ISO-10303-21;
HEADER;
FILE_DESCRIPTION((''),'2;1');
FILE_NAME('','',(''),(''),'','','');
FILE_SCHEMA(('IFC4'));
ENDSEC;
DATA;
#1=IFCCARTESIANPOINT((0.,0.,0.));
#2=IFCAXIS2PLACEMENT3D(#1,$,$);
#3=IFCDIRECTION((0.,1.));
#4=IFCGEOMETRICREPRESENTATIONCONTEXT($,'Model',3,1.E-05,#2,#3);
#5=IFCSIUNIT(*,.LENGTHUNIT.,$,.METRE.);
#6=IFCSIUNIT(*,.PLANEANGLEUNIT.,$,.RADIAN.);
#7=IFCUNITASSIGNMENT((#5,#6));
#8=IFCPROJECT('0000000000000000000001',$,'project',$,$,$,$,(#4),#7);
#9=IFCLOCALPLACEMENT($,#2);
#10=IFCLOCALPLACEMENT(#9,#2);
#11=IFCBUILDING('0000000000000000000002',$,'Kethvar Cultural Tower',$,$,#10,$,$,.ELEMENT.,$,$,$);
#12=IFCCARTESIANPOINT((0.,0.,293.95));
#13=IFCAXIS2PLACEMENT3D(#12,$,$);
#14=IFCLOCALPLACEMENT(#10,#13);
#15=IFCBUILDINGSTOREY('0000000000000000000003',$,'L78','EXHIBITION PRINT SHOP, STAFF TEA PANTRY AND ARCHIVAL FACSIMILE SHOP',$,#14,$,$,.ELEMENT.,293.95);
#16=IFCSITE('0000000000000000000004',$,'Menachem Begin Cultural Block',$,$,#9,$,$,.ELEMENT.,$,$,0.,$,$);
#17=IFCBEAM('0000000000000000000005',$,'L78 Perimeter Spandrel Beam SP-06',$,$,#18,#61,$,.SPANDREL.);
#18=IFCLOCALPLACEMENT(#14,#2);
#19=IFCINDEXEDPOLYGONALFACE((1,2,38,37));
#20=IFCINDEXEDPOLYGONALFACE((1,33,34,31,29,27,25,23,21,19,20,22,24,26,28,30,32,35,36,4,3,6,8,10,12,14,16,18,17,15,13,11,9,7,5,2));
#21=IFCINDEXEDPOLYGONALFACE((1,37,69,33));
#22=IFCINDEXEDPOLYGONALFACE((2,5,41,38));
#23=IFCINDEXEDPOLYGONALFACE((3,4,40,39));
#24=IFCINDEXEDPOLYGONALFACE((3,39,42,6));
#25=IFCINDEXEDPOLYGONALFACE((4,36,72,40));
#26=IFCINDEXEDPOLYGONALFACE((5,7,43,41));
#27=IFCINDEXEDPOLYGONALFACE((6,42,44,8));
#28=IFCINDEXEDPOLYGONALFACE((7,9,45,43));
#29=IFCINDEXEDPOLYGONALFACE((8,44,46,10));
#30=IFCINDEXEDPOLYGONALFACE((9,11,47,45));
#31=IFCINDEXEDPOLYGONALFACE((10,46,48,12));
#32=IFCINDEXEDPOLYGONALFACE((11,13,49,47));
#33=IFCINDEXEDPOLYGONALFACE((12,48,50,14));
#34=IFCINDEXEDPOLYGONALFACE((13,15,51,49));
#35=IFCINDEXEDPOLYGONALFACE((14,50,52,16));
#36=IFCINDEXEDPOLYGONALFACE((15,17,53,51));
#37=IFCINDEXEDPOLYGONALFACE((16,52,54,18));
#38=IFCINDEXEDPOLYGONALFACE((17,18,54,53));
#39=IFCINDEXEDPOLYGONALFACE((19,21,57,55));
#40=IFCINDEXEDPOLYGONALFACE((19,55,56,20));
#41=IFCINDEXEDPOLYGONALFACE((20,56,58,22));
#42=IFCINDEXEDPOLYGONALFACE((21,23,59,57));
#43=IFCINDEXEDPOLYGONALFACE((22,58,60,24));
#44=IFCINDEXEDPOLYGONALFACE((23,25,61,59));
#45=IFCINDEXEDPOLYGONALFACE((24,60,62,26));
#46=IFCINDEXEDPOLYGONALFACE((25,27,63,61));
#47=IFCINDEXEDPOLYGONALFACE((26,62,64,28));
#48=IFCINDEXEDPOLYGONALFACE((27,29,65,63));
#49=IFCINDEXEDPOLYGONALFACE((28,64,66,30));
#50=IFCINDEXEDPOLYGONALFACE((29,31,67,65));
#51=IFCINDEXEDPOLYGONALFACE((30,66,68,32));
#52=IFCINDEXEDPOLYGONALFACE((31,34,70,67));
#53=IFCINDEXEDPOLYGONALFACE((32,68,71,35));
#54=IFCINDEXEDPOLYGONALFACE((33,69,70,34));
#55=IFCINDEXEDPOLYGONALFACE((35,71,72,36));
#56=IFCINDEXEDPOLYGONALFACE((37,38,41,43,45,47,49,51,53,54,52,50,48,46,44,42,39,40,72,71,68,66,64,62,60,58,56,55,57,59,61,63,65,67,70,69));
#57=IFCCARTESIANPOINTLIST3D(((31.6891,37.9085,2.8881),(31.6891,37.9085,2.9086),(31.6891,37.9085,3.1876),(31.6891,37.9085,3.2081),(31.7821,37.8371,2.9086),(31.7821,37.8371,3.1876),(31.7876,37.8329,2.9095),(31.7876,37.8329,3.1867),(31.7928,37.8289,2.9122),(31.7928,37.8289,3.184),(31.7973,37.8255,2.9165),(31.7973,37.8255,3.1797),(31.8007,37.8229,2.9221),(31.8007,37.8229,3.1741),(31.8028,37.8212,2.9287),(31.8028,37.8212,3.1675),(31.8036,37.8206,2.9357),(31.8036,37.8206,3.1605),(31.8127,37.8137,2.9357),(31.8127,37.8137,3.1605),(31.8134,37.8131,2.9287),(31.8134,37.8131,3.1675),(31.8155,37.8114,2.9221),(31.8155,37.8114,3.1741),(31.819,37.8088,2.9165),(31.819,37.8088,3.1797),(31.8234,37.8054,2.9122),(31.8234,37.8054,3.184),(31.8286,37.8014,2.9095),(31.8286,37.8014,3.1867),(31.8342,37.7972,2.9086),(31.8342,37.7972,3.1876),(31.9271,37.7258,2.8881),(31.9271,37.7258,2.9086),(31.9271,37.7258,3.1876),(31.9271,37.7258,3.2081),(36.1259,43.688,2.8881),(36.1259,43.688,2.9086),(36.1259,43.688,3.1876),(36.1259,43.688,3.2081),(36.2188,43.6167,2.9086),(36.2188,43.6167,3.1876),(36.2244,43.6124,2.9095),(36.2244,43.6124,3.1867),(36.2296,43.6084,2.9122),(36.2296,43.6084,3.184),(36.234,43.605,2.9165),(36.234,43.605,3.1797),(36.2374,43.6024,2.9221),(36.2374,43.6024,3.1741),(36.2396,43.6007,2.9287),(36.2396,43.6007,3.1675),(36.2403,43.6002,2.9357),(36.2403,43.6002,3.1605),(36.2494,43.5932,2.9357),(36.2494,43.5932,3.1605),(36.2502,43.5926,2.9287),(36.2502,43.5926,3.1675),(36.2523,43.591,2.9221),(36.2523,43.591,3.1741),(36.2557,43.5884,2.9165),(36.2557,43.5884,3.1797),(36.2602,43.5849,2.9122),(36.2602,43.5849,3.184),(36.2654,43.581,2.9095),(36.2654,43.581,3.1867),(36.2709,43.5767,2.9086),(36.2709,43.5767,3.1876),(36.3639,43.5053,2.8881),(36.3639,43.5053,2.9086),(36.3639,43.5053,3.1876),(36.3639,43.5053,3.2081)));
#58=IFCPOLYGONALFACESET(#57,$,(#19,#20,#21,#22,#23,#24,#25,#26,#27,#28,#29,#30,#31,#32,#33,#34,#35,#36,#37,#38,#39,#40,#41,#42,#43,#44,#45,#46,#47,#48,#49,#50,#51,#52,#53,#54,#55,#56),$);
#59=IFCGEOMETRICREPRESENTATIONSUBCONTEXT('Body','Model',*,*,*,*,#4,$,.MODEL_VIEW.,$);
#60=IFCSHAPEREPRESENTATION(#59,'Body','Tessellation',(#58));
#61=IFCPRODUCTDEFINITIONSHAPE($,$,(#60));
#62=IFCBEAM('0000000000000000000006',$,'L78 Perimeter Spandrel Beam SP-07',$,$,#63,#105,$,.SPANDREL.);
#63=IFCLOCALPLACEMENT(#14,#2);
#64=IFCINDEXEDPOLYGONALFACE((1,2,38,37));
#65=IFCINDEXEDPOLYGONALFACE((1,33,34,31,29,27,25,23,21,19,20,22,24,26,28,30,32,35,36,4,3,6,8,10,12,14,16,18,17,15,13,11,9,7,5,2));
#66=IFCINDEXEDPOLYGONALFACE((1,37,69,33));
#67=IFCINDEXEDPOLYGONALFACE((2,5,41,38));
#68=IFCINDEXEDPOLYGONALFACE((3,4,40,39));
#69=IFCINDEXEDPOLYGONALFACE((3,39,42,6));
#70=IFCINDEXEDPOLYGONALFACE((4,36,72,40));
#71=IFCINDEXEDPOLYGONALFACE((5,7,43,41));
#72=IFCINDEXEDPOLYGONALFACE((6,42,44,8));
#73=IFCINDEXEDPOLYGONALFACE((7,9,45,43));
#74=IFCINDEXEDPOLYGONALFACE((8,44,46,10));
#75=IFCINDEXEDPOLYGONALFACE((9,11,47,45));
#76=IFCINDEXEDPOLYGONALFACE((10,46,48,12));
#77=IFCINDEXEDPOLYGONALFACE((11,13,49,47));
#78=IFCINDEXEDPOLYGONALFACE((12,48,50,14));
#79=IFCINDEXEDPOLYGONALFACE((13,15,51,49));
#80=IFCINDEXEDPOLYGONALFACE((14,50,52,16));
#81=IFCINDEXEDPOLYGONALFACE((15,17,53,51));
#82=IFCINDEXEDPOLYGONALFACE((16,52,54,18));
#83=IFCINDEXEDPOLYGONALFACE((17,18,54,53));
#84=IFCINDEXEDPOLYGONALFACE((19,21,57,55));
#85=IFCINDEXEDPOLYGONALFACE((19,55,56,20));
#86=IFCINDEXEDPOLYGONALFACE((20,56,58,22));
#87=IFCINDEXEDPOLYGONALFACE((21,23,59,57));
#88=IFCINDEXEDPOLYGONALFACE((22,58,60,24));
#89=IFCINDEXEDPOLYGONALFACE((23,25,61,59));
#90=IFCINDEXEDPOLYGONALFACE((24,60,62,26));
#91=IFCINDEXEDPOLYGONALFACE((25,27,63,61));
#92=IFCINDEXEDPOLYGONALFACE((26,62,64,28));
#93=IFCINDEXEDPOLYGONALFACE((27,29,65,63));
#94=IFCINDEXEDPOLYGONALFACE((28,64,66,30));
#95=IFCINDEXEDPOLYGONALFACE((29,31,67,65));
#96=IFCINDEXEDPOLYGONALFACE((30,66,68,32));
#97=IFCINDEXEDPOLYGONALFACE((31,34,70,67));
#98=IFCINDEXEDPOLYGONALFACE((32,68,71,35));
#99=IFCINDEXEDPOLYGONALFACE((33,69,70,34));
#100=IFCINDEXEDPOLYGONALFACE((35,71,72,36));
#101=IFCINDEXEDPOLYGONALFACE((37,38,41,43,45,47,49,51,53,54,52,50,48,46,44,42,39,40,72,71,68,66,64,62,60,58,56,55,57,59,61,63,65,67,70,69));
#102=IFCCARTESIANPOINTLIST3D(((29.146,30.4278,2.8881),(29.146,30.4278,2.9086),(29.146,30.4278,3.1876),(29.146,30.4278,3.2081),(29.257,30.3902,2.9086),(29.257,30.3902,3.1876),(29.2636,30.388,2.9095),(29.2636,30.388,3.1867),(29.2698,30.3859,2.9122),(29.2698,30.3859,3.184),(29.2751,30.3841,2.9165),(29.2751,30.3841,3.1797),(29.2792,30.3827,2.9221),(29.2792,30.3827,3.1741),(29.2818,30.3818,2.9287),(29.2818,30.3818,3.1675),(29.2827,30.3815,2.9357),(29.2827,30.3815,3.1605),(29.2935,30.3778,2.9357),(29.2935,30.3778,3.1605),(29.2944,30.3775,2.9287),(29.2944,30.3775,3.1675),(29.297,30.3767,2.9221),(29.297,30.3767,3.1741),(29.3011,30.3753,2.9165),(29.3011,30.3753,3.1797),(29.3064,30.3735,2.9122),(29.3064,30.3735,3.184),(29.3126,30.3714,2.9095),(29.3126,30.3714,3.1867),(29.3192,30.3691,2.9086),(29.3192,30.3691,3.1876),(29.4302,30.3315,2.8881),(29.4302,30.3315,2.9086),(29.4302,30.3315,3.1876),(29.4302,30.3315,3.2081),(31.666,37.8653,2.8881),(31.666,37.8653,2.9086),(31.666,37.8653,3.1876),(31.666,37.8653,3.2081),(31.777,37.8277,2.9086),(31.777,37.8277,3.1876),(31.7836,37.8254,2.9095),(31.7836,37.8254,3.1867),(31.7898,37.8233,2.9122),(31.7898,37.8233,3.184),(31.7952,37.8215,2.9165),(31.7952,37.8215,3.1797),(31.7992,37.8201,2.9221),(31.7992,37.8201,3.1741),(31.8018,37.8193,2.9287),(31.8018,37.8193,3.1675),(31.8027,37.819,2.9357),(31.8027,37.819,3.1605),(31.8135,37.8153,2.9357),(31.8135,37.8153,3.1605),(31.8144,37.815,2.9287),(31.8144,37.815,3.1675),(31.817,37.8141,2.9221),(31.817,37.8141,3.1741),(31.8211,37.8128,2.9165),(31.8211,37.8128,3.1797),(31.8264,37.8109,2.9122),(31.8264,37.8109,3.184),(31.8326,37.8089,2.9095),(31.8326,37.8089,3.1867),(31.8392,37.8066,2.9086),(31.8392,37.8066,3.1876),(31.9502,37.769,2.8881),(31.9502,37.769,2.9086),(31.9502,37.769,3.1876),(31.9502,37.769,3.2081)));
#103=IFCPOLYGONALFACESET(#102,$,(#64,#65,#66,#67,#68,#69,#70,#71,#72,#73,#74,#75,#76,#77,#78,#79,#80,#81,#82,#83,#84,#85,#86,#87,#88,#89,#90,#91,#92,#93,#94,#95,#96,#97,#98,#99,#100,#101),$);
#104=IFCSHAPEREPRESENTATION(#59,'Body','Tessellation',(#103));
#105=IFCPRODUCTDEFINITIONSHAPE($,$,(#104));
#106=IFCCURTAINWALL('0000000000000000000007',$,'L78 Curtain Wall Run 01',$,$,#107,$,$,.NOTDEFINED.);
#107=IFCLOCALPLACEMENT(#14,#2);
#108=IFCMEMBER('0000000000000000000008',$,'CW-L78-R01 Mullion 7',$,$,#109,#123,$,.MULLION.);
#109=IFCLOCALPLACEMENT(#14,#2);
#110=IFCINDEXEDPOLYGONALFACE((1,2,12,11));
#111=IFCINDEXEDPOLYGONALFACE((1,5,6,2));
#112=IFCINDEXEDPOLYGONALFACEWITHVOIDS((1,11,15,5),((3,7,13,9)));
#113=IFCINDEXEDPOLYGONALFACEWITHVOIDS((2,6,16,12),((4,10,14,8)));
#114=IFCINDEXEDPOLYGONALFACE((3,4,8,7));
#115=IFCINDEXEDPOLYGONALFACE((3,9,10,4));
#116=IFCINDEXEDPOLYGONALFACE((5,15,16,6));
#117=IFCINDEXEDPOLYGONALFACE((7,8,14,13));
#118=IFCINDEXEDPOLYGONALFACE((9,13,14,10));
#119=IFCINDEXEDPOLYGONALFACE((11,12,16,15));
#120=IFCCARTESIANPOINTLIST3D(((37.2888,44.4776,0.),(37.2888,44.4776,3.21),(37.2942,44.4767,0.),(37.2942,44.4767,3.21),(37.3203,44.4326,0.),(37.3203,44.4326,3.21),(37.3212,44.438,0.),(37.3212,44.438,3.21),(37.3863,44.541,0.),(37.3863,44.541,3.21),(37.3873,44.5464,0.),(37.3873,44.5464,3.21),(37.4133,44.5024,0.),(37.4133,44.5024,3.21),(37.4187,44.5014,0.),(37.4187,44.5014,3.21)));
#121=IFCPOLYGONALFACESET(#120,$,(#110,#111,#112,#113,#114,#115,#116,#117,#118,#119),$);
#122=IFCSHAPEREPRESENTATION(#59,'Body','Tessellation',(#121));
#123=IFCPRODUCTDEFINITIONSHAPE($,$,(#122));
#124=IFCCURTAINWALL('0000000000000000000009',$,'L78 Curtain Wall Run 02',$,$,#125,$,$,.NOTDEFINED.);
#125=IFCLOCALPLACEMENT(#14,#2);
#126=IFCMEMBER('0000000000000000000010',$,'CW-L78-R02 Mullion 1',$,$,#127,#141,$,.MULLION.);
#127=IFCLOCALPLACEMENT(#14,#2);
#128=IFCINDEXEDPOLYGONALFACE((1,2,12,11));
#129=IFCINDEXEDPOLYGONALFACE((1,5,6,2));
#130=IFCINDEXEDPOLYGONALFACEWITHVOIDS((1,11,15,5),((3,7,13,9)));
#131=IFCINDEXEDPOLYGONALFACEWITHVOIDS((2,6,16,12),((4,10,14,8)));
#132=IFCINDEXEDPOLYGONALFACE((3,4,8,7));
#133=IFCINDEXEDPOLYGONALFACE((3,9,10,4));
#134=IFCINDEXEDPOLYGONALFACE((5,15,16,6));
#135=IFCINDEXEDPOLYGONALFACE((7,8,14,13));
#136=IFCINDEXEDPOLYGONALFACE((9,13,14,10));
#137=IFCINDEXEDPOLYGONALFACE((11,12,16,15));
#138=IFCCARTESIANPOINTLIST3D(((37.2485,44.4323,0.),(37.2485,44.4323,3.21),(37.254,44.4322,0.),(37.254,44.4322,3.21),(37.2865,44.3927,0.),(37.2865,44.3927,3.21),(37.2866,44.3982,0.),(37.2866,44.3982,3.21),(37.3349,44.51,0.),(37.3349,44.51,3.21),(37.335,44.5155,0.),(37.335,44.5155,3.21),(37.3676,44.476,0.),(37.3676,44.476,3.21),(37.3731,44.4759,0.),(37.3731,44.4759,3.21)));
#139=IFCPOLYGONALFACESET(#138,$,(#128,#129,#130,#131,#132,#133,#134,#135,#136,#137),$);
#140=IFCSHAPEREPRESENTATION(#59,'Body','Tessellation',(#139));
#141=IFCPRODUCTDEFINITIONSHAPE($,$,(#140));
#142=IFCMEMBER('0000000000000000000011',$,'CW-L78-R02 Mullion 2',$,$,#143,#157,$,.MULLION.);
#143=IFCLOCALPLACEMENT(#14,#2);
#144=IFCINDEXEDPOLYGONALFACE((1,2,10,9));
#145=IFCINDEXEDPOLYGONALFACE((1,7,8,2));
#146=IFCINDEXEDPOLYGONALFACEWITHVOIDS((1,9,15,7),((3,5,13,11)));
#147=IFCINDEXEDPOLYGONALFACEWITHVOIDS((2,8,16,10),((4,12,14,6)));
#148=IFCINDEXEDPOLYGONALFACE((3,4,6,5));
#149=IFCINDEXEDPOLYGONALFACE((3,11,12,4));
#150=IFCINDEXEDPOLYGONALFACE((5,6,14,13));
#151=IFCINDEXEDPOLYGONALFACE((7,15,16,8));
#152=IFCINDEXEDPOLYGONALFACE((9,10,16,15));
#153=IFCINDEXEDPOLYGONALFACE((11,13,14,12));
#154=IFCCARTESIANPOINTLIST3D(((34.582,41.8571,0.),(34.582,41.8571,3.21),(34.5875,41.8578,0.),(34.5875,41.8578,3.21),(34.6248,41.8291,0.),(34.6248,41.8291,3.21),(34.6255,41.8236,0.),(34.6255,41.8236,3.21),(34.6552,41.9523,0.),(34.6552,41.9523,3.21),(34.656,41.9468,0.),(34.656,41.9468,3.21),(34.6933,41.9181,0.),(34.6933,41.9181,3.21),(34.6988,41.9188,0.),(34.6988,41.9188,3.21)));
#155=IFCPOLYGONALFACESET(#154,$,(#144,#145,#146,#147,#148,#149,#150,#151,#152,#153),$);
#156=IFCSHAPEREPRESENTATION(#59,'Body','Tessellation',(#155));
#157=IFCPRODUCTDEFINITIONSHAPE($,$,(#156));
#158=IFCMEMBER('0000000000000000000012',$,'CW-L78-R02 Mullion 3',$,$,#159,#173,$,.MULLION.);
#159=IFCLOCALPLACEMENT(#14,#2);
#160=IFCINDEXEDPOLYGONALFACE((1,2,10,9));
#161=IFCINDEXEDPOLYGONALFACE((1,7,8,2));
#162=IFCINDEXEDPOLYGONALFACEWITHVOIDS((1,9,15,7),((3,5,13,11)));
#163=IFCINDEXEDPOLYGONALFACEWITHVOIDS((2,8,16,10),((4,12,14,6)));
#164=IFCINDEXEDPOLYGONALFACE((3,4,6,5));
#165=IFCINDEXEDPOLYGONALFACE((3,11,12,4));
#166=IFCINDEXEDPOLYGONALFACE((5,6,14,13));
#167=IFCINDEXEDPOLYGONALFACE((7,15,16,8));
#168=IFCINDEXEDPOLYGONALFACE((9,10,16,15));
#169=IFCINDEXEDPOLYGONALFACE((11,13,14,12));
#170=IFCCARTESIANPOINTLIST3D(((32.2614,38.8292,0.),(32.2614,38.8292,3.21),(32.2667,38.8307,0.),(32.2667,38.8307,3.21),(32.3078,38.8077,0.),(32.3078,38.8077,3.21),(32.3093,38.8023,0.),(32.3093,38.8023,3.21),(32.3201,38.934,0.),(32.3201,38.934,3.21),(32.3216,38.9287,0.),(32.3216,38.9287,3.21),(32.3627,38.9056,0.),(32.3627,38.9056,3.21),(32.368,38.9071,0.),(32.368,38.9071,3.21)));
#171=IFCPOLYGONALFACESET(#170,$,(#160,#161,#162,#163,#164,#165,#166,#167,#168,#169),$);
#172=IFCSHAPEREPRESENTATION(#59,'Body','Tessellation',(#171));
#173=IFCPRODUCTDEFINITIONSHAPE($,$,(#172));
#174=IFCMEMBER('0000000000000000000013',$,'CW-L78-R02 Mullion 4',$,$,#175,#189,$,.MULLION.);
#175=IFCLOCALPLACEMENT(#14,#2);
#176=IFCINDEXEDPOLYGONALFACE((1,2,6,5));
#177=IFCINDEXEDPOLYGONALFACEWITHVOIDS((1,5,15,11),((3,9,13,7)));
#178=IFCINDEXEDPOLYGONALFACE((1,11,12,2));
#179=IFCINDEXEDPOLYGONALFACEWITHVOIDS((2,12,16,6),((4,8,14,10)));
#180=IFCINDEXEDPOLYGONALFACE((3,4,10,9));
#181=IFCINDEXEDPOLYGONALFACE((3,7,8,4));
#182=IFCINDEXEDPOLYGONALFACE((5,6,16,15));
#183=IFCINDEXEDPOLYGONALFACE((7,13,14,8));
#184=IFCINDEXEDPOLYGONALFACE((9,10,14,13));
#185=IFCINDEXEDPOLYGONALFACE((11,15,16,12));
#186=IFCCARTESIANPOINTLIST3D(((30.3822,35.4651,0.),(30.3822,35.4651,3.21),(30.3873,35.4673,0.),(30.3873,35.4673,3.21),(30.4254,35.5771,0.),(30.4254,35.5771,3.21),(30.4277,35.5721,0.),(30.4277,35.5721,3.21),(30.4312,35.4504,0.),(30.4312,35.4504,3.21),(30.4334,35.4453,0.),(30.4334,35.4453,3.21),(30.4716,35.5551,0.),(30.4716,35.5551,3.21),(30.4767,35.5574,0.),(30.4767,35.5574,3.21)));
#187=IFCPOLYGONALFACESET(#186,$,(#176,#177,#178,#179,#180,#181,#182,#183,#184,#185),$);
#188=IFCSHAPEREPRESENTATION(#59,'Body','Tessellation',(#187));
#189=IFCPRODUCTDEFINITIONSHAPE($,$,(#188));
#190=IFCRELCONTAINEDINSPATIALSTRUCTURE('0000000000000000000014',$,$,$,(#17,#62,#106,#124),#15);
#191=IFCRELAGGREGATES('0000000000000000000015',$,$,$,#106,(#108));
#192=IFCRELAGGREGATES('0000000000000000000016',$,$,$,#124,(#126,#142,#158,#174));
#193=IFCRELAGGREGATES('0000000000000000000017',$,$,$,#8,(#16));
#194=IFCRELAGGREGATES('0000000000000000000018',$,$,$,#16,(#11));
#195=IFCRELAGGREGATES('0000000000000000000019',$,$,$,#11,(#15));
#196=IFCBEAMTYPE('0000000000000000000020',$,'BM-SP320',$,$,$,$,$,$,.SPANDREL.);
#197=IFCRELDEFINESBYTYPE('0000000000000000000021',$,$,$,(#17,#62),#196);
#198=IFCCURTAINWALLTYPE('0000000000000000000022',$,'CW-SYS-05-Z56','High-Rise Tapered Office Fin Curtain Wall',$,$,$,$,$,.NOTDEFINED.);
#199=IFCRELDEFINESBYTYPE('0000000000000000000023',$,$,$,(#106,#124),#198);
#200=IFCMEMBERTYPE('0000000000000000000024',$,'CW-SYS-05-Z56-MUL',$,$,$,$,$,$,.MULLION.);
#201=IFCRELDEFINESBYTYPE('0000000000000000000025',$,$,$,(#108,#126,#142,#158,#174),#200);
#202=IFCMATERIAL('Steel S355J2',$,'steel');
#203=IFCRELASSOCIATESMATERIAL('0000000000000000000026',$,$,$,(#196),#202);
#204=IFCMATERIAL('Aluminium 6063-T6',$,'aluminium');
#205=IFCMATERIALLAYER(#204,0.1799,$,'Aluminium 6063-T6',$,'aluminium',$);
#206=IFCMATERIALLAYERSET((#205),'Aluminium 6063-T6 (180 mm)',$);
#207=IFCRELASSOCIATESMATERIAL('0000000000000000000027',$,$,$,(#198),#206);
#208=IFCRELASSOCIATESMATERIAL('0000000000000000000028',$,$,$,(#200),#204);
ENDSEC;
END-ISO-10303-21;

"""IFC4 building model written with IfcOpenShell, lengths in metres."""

from ifc_helpers import new_model, si_unit, direction, frame, origin, origin_2d, place, context, subcontext, project, spatial, hollow_rectangle, i_section, extrude, source, transform, mapped, material, layer, layer_set, material_profile, profile_set, type_object, element, aggregate, save


model = new_model("IFC4")

# Units and contexts
model_context = context("Model", 3, precision=1e-05, world=origin(), true_north=direction((0.0, 1.0)))
body_context = subcontext(model_context, "Body", "Model", "MODEL_VIEW")
ifc_project = project(units=[si_unit("LENGTHUNIT", "METRE"), si_unit("PLANEANGLEUNIT", "RADIAN")], contexts=[model_context])

# Site, building, storey
site_placement = place(None, origin())
site = spatial("IfcSite", under=ifc_project, at=site_placement, Name="Menachem Begin Cultural Block", CompositionType="ELEMENT", RefElevation=0.0)
building_placement = place(site_placement, origin())
building = spatial("IfcBuilding", under=site, at=building_placement, Name="Kethvar Cultural Tower", CompositionType="ELEMENT")
storey_placement = place(building_placement, frame((0.0, 0.0, 293.95)))
storey = spatial("IfcBuildingStorey", under=building, at=storey_placement, Name="L78", Description="EXHIBITION PRINT SHOP, STAFF TEA PANTRY AND ARCHIVAL FACSIMILE SHOP", CompositionType="ELEMENT", Elevation=293.95)

# Shared definitions
ifc_material_1 = material(Name="Steel S355J2", Category="steel")

# Beams
ifc_material_profile_1 = material_profile(ifc_material_1, i_section(OverallWidth=0.3, OverallDepth=0.3201, WebThickness=0.0115, FlangeThickness=0.0205, FilletRadius=0.0271, at=origin_2d()), Name="Steel S355J2 — HEB320")
ifc_profile_set_1 = profile_set([ifc_material_profile_1], Name="Steel S355J2 — HEB320")
beam_type_1 = type_object("IfcBeamType", Name="BM-SP320", PredefinedType="SPANDREL", material=ifc_profile_set_1)
shared_shape_1 = source(origin(), body_context, "Body", "SweptSolid", [
    extrude(i_section(OverallWidth=0.3, OverallDepth=0.3201, WebThickness=0.0115, FlangeThickness=0.0205, FilletRadius=0.0271, at=origin_2d()), origin(), (0.0, 0.0, 1.0), 7.2861),
])
beam_1_placement = place(storey_placement, frame((36.2449, 43.5967, 3.0481), z_axis=(-0.608932, -0.793223, 0.0), x_axis=(0.793223, -0.608932, 0.0)))
element("IfcBeam", 1, at=beam_1_placement, inside=storey, type_object=beam_type_1, Name="L78 Perimeter Spandrel Beam SP-06", PredefinedType="SPANDREL", context=body_context, shape_type="MappedRepresentation", body=[
    mapped(shared_shape_1, transform((0.0, 0.0, 0.0), scale=1.0)),
])
shared_shape_2 = source(origin(), body_context, "Body", "SweptSolid", [
    extrude(i_section(OverallWidth=0.3, OverallDepth=0.3201, WebThickness=0.0115, FlangeThickness=0.0205, FilletRadius=0.0271, at=origin_2d()), origin(), (0.0, 0.0, 1.0), 7.8528),
])
beam_2_placement = place(storey_placement, frame((31.8081, 37.8171, 3.0481), z_axis=(-0.320906, -0.947111, 0.0), x_axis=(0.947111, -0.320906, 0.0)))
element("IfcBeam", 2, at=beam_2_placement, inside=storey, type_object=beam_type_1, Name="L78 Perimeter Spandrel Beam SP-07", PredefinedType="SPANDREL", context=body_context, shape_type="MappedRepresentation", body=[
    mapped(shared_shape_2, transform((0.0, 0.0, 0.0), scale=1.0)),
])

# Curtain wall, member
ifc_material_2 = material(Name="Aluminium 6063-T6", Category="aluminium")
ifc_layer_1 = layer(ifc_material_2, 0.1799, Name="Aluminium 6063-T6", Category="aluminium")
ifc_layer_set_1 = layer_set([ifc_layer_1], Name="Aluminium 6063-T6 (180 mm)")
curtain_wall_type = type_object("IfcCurtainWallType", Name="CW-SYS-05-Z56", Description="High-Rise Tapered Office Fin Curtain Wall", PredefinedType="NOTDEFINED", material=ifc_layer_set_1)
curtain_wall_1_placement = place(storey_placement, origin())
curtain_wall_1 = element("IfcCurtainWall", 3, at=curtain_wall_1_placement, inside=storey, type_object=curtain_wall_type, Name="L78 Curtain Wall Run 01", PredefinedType="NOTDEFINED")
ifc_material_profile_2 = material_profile(ifc_material_2, hollow_rectangle(XDim=0.0549, YDim=0.1201, WallThickness=0.0039, at=origin_2d()), Name="Aluminium 6063-T6 — RHS120x55x4")
ifc_profile_set_2 = profile_set([ifc_material_profile_2], Name="Aluminium 6063-T6 — RHS120x55x4")
member_type_1 = type_object("IfcMemberType", Name="CW-SYS-05-Z56-MUL", PredefinedType="MULLION", material=ifc_profile_set_2)
shared_shape_3 = source(origin(), body_context, "Body", "SweptSolid", [
    extrude(hollow_rectangle(XDim=0.0549, YDim=0.1201, WallThickness=0.0039, at=origin_2d()), origin(), (0.0, 0.0, 1.0), 3.21),
])
member_1_placement = place(storey_placement, frame((37.3538, 44.4895, 0.0), z_axis=(0.0, 0.0, 1.0), x_axis=(0.572776, -0.819712, 0.0)))
member_1 = element("IfcMember", 4, at=member_1_placement, type_object=member_type_1, Name="CW-L78-R01 Mullion 7", PredefinedType="MULLION", context=body_context, shape_type="MappedRepresentation", body=[
    mapped(shared_shape_3, transform((0.0, 0.0, 0.0), scale=1.0)),
])
aggregate(curtain_wall_1, [member_1])

# Curtain wall, members
curtain_wall_2_placement = place(storey_placement, origin())
curtain_wall_2 = element("IfcCurtainWall", 5, at=curtain_wall_2_placement, inside=storey, type_object=curtain_wall_type, Name="L78 Curtain Wall Run 02", PredefinedType="NOTDEFINED")
member_2_placement = place(storey_placement, frame((37.3108, 44.4541, 0.0), z_axis=(0.0, 0.0, 1.0), x_axis=(0.693138, -0.720805, 0.0)))
member_2 = element("IfcMember", 6, at=member_2_placement, type_object=member_type_1, Name="CW-L78-R02 Mullion 1", PredefinedType="MULLION", context=body_context, shape_type="MappedRepresentation", body=[
    mapped(shared_shape_3, transform((0.0, 0.0, 0.0), scale=1.0)),
])
member_3_placement = place(storey_placement, frame((34.6404, 41.8879, 0.0), z_axis=(0.0, 0.0, 1.0), x_axis=(0.792428, -0.609965, 0.0)))
member_3 = element("IfcMember", 7, at=member_3_placement, type_object=member_type_1, Name="CW-L78-R02 Mullion 2", PredefinedType="MULLION", context=body_context, shape_type="MappedRepresentation", body=[
    mapped(shared_shape_3, transform((0.0, 0.0, 0.0), scale=1.0)),
])
member_4_placement = place(storey_placement, frame((32.3147, 38.8682, 0.0), z_axis=(0.0, 0.0, 1.0), x_axis=(0.872044, -0.489428, 0.0)))
member_4 = element("IfcMember", 8, at=member_4_placement, type_object=member_type_1, Name="CW-L78-R02 Mullion 3", PredefinedType="MULLION", context=body_context, shape_type="MappedRepresentation", body=[
    mapped(shared_shape_3, transform((0.0, 0.0, 0.0), scale=1.0)),
])
member_5_placement = place(storey_placement, frame((30.4294, 35.5112, 0.0), z_axis=(0.0, 0.0, 1.0), x_axis=(0.932966, -0.359964, 0.0)))
member_5 = element("IfcMember", 9, at=member_5_placement, type_object=member_type_1, Name="CW-L78-R02 Mullion 4", PredefinedType="MULLION", context=body_context, shape_type="MappedRepresentation", body=[
    mapped(shared_shape_3, transform((0.0, 0.0, 0.0), scale=1.0)),
])
aggregate(curtain_wall_2, [member_2, member_3, member_4, member_5])

save(model, "model.ifc")
